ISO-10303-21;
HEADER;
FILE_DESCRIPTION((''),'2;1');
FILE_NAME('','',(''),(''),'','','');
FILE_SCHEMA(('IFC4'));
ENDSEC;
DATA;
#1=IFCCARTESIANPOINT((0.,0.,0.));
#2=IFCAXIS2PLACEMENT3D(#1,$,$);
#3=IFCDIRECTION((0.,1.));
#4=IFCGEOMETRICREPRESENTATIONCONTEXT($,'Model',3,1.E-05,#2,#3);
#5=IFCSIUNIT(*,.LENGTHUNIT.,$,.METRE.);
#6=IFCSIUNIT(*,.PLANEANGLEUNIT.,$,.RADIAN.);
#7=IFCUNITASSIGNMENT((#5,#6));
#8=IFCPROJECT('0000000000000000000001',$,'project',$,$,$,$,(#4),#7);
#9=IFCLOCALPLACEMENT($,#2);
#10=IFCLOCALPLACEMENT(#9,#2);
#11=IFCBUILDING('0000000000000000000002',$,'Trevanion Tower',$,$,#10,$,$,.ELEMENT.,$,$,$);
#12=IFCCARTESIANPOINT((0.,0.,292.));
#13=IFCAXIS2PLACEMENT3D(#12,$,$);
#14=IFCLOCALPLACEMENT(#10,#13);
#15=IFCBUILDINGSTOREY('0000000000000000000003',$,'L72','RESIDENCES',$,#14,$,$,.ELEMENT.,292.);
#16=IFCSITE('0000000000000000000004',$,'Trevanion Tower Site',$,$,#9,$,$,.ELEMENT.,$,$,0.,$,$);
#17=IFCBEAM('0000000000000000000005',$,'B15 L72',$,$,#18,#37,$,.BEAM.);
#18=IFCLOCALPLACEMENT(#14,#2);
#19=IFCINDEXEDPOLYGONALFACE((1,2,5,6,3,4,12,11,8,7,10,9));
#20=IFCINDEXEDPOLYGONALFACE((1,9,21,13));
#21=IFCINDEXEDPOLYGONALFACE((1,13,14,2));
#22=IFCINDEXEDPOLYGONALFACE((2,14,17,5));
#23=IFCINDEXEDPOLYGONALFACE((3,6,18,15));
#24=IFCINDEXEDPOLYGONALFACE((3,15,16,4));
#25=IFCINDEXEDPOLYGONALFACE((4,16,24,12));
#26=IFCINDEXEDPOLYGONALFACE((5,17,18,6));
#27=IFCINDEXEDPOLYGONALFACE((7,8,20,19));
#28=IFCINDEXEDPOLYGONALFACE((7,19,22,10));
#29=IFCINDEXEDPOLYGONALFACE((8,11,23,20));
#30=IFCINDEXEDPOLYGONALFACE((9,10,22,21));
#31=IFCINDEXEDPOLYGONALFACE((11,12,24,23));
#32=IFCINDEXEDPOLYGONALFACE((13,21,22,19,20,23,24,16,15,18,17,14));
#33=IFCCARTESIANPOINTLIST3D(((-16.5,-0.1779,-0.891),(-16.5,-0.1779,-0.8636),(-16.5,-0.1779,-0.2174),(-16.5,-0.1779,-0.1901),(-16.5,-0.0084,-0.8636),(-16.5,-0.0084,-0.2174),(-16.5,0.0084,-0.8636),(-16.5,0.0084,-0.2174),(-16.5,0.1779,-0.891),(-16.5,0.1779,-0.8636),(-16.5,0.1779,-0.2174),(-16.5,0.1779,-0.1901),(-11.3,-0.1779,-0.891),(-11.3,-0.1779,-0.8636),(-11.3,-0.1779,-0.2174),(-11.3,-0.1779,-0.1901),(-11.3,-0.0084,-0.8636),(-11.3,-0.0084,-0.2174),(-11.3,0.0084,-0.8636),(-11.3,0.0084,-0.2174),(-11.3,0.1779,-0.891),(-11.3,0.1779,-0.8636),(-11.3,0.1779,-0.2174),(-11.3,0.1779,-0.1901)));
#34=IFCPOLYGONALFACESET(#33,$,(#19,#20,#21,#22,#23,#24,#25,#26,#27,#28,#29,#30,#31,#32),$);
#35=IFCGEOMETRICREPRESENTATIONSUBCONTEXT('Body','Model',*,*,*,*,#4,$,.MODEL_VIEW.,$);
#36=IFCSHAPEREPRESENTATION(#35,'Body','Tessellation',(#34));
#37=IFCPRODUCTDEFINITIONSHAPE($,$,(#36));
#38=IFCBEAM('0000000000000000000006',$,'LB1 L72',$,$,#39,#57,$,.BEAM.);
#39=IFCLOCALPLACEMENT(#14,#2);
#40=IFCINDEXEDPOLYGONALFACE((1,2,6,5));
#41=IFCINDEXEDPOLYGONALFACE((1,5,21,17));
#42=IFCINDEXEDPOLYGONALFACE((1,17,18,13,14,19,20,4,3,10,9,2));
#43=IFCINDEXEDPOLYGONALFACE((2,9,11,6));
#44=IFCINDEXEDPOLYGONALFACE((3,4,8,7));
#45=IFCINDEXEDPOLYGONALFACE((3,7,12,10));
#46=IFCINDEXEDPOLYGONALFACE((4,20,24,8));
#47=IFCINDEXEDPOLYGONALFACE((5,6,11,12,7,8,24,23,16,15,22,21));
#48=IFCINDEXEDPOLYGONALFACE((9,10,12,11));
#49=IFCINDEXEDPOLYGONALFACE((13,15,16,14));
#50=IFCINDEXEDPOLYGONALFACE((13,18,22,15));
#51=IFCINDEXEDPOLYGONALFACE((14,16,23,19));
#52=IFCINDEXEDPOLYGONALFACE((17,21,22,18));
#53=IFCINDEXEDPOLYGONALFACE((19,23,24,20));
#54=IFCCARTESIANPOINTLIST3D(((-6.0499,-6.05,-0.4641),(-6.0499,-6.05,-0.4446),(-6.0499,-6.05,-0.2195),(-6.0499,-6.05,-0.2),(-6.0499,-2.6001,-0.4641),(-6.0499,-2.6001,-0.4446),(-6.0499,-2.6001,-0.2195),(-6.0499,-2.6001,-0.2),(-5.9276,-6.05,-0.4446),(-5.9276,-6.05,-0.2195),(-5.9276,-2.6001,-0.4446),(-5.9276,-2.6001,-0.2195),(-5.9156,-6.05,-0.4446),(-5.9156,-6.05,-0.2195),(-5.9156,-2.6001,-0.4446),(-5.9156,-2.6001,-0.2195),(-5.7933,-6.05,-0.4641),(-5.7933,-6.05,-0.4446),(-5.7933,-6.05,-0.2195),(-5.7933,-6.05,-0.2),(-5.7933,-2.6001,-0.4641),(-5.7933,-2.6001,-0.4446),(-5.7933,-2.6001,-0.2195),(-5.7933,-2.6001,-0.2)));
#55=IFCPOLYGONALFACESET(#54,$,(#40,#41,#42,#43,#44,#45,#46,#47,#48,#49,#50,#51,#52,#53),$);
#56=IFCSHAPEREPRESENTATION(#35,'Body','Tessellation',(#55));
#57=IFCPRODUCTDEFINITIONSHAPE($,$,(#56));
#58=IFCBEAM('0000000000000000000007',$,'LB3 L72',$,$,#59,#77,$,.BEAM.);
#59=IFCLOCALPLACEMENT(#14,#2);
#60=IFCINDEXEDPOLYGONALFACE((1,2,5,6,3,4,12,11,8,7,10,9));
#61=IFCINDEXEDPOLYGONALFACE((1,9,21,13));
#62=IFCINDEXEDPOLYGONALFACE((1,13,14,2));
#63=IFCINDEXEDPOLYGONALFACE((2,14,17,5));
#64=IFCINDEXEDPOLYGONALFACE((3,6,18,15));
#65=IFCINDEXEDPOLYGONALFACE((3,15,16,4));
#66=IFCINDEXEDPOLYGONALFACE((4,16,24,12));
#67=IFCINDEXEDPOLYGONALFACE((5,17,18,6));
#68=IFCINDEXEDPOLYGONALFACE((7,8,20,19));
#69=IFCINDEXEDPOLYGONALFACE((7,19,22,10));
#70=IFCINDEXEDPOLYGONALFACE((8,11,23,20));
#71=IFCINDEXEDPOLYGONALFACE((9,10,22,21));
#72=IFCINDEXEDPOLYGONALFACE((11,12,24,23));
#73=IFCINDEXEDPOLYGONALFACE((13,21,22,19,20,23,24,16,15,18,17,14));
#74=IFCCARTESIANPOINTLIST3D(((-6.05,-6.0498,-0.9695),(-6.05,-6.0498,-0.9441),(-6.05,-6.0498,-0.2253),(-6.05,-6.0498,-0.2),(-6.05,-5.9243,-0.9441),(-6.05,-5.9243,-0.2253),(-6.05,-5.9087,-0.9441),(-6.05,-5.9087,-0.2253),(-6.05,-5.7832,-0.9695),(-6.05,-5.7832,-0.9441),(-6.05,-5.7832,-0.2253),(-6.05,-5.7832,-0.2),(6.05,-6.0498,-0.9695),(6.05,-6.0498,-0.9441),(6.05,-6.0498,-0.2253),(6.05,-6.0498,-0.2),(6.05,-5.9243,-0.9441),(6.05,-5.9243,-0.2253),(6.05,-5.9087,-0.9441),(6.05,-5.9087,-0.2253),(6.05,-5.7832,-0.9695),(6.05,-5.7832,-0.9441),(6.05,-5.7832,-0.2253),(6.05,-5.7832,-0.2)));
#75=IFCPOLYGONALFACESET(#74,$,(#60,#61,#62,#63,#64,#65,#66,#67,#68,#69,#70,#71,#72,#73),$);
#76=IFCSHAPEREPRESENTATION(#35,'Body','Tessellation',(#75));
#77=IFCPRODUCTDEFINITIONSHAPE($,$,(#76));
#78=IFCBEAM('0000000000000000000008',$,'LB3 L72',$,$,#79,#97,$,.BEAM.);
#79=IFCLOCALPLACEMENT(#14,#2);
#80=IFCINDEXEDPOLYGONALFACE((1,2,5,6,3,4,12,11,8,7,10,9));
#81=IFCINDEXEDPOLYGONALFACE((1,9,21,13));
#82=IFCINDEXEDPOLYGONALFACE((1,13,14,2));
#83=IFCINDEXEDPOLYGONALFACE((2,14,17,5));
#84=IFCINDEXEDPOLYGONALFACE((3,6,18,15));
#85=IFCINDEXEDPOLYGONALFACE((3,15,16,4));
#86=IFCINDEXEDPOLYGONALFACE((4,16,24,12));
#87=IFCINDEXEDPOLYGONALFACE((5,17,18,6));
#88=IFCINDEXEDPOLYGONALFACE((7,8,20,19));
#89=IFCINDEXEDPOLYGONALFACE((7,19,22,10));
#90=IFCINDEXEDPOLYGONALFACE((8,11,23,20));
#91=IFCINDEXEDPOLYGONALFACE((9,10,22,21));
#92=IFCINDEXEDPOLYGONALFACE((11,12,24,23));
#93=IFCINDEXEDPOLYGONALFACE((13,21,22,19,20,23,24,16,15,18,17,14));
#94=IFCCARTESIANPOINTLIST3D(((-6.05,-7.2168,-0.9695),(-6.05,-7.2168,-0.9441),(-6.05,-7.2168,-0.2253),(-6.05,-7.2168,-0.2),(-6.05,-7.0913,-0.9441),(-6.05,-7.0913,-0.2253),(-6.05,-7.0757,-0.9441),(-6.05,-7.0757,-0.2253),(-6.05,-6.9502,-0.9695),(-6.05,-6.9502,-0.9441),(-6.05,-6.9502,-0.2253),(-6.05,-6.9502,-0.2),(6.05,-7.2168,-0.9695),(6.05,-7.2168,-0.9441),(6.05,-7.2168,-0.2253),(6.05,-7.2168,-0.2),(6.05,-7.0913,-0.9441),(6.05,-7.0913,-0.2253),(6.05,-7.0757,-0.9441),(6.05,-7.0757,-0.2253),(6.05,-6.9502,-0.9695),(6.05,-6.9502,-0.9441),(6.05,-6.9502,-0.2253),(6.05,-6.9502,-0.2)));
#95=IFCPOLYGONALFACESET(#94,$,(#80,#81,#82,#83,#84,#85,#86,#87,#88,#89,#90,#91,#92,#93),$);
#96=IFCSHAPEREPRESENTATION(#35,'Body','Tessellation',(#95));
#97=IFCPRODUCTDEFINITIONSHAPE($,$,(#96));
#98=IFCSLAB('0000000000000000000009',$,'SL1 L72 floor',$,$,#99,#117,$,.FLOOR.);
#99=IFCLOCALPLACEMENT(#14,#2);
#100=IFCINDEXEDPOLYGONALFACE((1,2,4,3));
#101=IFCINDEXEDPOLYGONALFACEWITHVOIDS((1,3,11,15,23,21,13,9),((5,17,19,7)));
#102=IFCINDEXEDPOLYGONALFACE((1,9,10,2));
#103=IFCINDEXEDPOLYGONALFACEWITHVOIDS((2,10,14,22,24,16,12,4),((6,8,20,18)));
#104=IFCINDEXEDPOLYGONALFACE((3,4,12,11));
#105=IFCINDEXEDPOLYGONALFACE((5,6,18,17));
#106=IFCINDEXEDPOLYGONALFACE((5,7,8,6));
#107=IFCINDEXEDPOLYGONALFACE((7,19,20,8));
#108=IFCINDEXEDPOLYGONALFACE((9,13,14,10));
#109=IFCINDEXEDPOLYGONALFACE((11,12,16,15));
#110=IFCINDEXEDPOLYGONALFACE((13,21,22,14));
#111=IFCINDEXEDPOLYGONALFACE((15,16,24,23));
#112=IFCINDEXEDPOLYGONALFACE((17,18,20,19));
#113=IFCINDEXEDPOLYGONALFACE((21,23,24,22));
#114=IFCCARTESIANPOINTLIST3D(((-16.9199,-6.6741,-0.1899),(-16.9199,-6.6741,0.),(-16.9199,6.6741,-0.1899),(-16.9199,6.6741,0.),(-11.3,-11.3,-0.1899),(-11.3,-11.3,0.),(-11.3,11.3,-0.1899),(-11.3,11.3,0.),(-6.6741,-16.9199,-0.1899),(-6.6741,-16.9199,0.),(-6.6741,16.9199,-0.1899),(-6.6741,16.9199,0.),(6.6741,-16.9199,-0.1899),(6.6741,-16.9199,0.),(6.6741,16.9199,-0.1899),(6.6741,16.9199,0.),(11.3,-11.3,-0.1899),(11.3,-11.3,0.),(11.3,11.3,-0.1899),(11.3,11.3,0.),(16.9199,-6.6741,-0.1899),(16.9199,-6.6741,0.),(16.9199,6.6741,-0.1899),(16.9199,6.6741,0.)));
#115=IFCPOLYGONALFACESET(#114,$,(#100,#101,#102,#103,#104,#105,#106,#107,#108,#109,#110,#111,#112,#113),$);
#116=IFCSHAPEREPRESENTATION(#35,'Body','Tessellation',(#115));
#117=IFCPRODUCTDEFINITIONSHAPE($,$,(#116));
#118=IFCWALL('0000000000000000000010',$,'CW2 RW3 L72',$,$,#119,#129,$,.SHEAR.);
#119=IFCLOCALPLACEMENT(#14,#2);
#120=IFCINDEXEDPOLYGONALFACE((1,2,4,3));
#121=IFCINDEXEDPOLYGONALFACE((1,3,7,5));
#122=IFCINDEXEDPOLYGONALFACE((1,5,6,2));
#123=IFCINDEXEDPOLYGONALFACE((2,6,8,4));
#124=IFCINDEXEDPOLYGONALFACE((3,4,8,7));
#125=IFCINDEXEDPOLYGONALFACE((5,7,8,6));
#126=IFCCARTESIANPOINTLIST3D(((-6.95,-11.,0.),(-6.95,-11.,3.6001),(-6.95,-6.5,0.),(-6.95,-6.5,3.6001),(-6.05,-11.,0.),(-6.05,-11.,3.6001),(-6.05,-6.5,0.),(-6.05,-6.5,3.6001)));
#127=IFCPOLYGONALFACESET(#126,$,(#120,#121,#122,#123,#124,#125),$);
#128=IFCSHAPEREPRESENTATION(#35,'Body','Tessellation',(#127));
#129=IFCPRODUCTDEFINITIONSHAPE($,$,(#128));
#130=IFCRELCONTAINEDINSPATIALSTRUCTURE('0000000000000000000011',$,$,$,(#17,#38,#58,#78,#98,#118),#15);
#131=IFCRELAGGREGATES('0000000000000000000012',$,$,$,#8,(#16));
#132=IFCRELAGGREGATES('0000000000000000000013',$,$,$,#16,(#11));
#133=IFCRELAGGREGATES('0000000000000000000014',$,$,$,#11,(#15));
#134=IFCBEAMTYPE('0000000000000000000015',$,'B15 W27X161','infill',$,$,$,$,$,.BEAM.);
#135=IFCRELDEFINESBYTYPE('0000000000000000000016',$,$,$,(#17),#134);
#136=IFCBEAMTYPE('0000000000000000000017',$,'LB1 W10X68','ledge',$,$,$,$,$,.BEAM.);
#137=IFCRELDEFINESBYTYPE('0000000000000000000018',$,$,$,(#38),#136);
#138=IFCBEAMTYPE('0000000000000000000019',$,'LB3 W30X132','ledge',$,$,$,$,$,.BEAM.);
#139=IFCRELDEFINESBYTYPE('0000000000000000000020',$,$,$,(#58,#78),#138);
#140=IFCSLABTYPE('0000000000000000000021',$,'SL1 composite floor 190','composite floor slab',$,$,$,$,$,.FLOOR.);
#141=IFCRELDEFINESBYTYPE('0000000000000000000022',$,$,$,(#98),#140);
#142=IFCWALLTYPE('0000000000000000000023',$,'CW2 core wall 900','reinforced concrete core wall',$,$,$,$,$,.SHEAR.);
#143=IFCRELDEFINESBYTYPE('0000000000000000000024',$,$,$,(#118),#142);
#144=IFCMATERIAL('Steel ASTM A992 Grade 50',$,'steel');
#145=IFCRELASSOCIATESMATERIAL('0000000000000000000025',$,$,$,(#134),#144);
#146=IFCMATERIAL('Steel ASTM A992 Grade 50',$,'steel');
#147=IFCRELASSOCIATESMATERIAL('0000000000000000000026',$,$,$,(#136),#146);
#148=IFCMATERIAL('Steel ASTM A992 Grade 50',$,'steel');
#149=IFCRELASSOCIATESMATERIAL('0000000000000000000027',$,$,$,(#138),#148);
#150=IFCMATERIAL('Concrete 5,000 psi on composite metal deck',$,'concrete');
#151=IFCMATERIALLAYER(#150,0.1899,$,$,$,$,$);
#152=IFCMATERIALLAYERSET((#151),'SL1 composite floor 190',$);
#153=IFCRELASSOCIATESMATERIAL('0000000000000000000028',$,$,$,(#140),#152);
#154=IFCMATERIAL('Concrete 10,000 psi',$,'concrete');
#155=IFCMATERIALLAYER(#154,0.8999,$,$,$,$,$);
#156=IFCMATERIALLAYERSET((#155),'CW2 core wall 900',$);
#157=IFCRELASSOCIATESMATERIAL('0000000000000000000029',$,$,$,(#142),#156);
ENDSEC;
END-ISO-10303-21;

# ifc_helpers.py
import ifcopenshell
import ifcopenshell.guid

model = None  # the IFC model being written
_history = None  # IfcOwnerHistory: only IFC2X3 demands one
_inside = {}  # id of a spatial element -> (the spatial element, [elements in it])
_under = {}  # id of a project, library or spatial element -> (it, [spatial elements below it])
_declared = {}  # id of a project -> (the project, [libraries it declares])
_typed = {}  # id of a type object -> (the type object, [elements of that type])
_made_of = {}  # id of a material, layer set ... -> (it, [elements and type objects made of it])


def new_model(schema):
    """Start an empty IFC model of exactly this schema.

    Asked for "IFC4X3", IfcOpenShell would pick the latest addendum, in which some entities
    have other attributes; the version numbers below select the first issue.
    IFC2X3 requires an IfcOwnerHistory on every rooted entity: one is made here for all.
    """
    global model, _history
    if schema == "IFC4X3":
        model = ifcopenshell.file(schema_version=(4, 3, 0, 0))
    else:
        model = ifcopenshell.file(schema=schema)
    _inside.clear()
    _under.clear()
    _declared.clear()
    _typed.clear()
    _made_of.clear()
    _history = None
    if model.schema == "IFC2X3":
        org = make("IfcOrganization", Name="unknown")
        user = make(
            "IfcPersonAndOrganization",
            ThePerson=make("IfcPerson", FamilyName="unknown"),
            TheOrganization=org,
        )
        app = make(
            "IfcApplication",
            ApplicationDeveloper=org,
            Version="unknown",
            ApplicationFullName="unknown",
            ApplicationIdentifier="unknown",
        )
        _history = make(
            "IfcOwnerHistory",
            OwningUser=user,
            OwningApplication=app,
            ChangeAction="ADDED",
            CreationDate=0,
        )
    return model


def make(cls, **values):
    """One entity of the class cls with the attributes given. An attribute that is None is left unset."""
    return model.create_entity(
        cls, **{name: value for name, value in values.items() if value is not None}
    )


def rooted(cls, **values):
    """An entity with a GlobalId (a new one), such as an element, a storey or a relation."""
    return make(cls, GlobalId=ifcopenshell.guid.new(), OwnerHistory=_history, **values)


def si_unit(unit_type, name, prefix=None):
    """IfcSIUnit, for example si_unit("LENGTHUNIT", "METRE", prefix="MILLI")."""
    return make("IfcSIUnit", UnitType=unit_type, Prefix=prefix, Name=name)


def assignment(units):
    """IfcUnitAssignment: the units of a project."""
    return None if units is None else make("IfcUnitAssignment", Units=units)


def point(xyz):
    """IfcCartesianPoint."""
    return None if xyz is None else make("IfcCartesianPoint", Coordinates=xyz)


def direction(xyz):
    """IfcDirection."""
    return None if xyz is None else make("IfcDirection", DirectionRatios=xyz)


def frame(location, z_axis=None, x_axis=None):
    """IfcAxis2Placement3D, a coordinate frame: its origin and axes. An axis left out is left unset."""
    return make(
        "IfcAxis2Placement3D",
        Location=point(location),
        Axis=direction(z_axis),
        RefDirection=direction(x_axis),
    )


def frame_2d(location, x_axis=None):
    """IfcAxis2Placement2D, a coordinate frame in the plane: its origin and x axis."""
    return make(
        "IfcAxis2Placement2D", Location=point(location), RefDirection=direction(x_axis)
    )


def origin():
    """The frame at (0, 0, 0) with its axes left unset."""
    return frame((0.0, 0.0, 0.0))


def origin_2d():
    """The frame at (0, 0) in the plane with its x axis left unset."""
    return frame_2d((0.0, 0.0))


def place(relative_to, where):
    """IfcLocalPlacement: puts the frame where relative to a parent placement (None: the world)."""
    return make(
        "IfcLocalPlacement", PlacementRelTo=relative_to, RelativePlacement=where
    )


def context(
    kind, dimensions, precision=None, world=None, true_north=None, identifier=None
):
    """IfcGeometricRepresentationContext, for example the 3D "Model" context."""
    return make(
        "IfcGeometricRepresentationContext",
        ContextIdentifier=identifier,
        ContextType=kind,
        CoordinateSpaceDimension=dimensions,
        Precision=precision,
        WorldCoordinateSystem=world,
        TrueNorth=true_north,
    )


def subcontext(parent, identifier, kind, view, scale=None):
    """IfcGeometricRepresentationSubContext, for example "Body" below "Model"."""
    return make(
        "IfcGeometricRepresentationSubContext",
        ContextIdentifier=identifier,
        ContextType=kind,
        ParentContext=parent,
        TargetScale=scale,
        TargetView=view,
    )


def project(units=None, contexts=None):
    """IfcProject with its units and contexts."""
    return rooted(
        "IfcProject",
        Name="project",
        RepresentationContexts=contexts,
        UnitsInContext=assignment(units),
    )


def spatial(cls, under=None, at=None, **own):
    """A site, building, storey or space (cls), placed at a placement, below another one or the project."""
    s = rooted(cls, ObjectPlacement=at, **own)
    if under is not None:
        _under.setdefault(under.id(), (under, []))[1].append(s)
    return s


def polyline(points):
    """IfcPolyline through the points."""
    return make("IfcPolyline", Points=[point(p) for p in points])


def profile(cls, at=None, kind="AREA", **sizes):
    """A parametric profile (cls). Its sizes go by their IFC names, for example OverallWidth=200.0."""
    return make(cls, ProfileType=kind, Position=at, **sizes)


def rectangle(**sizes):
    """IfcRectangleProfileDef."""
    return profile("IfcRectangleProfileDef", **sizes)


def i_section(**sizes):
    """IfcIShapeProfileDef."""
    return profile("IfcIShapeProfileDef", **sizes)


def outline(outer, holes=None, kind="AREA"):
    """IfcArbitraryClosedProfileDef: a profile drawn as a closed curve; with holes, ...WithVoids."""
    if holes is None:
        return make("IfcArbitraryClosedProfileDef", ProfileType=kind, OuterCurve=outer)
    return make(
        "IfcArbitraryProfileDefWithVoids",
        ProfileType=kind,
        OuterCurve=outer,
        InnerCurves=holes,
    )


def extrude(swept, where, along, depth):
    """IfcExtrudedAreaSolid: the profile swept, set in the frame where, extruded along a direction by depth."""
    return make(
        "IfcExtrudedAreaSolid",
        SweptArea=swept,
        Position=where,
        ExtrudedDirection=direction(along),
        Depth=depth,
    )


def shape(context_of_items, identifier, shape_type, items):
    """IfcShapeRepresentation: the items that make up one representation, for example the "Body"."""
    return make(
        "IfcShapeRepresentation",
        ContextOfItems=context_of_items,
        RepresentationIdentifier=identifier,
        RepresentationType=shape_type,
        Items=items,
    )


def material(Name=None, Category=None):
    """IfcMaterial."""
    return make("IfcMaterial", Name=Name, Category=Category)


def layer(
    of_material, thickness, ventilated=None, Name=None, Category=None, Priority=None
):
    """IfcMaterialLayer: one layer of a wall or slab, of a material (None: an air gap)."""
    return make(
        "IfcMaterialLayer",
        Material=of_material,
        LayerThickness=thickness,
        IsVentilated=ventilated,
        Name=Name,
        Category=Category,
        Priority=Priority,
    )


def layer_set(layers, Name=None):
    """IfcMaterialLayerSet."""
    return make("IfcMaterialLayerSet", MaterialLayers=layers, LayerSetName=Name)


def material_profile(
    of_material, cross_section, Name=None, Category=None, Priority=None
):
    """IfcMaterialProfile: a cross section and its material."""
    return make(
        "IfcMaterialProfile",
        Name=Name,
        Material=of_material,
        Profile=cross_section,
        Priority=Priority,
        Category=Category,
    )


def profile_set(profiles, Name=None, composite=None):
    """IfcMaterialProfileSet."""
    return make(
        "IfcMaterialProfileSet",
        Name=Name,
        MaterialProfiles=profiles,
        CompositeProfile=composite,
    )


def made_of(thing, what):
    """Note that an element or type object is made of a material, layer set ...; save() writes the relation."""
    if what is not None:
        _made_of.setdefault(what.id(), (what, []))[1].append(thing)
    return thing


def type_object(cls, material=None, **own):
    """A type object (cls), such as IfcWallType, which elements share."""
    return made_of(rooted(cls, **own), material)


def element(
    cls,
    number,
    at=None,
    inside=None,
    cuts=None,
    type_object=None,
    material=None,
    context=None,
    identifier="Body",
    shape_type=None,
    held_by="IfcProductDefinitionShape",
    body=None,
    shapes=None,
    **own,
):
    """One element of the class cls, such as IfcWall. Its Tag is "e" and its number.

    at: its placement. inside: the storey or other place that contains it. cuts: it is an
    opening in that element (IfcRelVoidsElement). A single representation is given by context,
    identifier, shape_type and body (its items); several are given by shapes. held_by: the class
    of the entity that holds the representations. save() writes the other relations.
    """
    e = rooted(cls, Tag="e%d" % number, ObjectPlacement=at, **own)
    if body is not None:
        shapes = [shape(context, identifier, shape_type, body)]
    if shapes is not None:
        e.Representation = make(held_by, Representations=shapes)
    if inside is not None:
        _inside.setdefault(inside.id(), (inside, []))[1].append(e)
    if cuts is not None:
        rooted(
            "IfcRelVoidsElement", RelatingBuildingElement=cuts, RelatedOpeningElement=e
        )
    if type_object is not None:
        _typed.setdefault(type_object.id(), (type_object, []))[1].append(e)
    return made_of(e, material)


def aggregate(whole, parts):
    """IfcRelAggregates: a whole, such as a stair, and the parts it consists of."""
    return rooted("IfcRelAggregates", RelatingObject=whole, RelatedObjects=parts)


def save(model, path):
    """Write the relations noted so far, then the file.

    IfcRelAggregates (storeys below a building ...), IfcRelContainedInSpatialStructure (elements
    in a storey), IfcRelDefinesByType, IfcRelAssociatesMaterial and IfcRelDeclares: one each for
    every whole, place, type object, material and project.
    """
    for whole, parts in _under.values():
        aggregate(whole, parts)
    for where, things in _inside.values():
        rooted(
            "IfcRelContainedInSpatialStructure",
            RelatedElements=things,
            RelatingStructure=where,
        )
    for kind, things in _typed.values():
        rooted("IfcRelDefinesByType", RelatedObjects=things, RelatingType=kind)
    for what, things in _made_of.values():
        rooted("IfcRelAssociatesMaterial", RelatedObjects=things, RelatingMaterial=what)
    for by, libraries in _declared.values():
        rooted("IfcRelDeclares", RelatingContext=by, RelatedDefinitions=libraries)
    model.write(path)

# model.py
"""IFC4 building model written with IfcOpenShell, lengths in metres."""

from ifc_helpers import new_model, si_unit, direction, frame, frame_2d, origin, origin_2d, place, context, subcontext, project, spatial, polyline, rectangle, i_section, outline, extrude, material, layer, layer_set, material_profile, profile_set, type_object, element, save


model = new_model("IFC4")

# Units and contexts
model_context = context("Model", 3, precision=1e-05, world=origin(), true_north=direction((0.0, 1.0)))
body_context = subcontext(model_context, "Body", "Model", "MODEL_VIEW")
ifc_project = project(units=[si_unit("LENGTHUNIT", "METRE"), si_unit("PLANEANGLEUNIT", "RADIAN")], contexts=[model_context])

# Site, building, storey
site_placement = place(None, origin())
site = spatial("IfcSite", under=ifc_project, at=site_placement, Name="Trevanion Tower Site", CompositionType="ELEMENT", RefElevation=0.0)
building_placement = place(site_placement, origin())
building = spatial("IfcBuilding", under=site, at=building_placement, Name="Trevanion Tower", CompositionType="ELEMENT")
storey_placement = place(building_placement, frame((0.0, 0.0, 292.0)))
storey = spatial("IfcBuildingStorey", under=building, at=storey_placement, Name="L72", Description="RESIDENCES", CompositionType="ELEMENT", Elevation=292.0)

# Beams
ifc_material_1 = material(Name="Steel ASTM A992 Grade 50", Category="steel")
ifc_material_profile_1 = material_profile(ifc_material_1, i_section(OverallWidth=0.3557, OverallDepth=0.7009, WebThickness=0.0168, FlangeThickness=0.0273, at=origin_2d()), Name="W27X161")
ifc_profile_set_1 = profile_set([ifc_material_profile_1], Name="Steel ASTM A992 Grade 50")
beam_type_1 = type_object("IfcBeamType", Name="B15 W27X161", Description="infill", PredefinedType="BEAM", material=ifc_profile_set_1)
beam_1_placement = place(storey_placement, frame((-11.3, 0.0, -0.5405), z_axis=(-1.0, 0.0, 0.0), x_axis=(0.0, -1.0, 0.0)))
element("IfcBeam", 1, at=beam_1_placement, inside=storey, type_object=beam_type_1, Name="B15 L72", PredefinedType="BEAM", context=body_context, shape_type="SweptSolid", body=[
    extrude(i_section(OverallWidth=0.3557, OverallDepth=0.7009, WebThickness=0.0168, FlangeThickness=0.0273, at=origin_2d()), origin(), (0.0, 0.0, 1.0), 5.2),
])
ifc_material_2 = material(Name="Steel ASTM A992 Grade 50", Category="steel")
ifc_material_profile_2 = material_profile(ifc_material_2, i_section(OverallWidth=0.2566, OverallDepth=0.2642, WebThickness=0.012, FlangeThickness=0.0195, at=origin_2d()), Name="W10X68")
ifc_profile_set_2 = profile_set([ifc_material_profile_2], Name="Steel ASTM A992 Grade 50")
beam_type_2 = type_object("IfcBeamType", Name="LB1 W10X68", Description="ledge", PredefinedType="BEAM", material=ifc_profile_set_2)
beam_2_placement = place(storey_placement, frame((-5.9216, -6.05, -0.332), z_axis=(0.0, 1.0, 0.0), x_axis=(-1.0, 0.0, 0.0)))
element("IfcBeam", 2, at=beam_2_placement, inside=storey, type_object=beam_type_2, Name="LB1 L72", PredefinedType="BEAM", context=body_context, shape_type="SweptSolid", body=[
    extrude(i_section(OverallWidth=0.2566, OverallDepth=0.2642, WebThickness=0.012, FlangeThickness=0.0195, at=origin_2d()), origin(), (0.0, 0.0, 1.0), 3.45),
])
ifc_material_3 = material(Name="Steel ASTM A992 Grade 50", Category="steel")
ifc_material_profile_3 = material_profile(ifc_material_3, i_section(OverallWidth=0.2666, OverallDepth=0.7695, WebThickness=0.0156, FlangeThickness=0.0254, at=origin_2d()), Name="W30X132")
ifc_profile_set_3 = profile_set([ifc_material_profile_3], Name="Steel ASTM A992 Grade 50")
beam_type_3 = type_object("IfcBeamType", Name="LB3 W30X132", Description="ledge", PredefinedType="BEAM", material=ifc_profile_set_3)
for number, where, z_axis, x_axis, name in (
    (3, (-6.05, -5.9165, -0.5847), (1.0, 0.0, 0.0), (0.0, 1.0, 0.0), "LB3 L72"),
    (4, (-6.05, -7.0835, -0.5847), (1.0, 0.0, 0.0), (0.0, 1.0, 0.0), "LB3 L72"),
):
    element("IfcBeam", number, at=place(storey_placement, frame(where, z_axis=z_axis, x_axis=x_axis)), inside=storey, type_object=beam_type_3, Name=name, PredefinedType="BEAM", context=body_context, shape_type="SweptSolid", body=[
        extrude(i_section(OverallWidth=0.2666, OverallDepth=0.7695, WebThickness=0.0156, FlangeThickness=0.0254, at=origin_2d()), origin(), (0.0, 0.0, 1.0), 12.1001),
    ])

# Slab
ifc_material_4 = material(Name="Concrete 5,000 psi on composite metal deck", Category="concrete")
ifc_layer_1 = layer(ifc_material_4, 0.1899)
ifc_layer_set_1 = layer_set([ifc_layer_1], Name="SL1 composite floor 190")
slab_type = type_object("IfcSlabType", Name="SL1 composite floor 190", Description="composite floor slab", PredefinedType="FLOOR", material=ifc_layer_set_1)
slab_placement = place(storey_placement, frame((0.0, 0.0, -0.1899)))
element("IfcSlab", 5, at=slab_placement, inside=storey, type_object=slab_type, Name="SL1 L72 floor", PredefinedType="FLOOR", context=body_context, shape_type="SweptSolid", body=[
    extrude(outline(polyline([(16.9199, -6.6741), (16.9199, 6.6741), (6.6741, 16.9199), (-6.6741, 16.9199), (-16.9199, 6.6741), (-16.9199, -6.6741), (-6.6741, -16.9199), (6.6741, -16.9199), (16.9199, -6.6741)]), holes=[polyline([(11.3, -11.3), (11.3, 11.3), (-11.3, 11.3), (-11.3, -11.3), (11.3, -11.3)])]), origin(), (0.0, 0.0, 1.0), 0.1899),
])

# Wall
ifc_material_5 = material(Name="Concrete 10,000 psi", Category="concrete")
ifc_layer_2 = layer(ifc_material_5, 0.8999)
ifc_layer_set_2 = layer_set([ifc_layer_2], Name="CW2 core wall 900")
wall_type_1 = type_object("IfcWallType", Name="CW2 core wall 900", Description="reinforced concrete core wall", PredefinedType="SHEAR", material=ifc_layer_set_2)
wall_1_placement = place(storey_placement, frame((-6.5, -6.5, 0.0), z_axis=(0.0, 0.0, 1.0), x_axis=(0.0, -1.0, 0.0)))
element("IfcWall", 6, at=wall_1_placement, inside=storey, type_object=wall_type_1, Name="CW2 RW3 L72", PredefinedType="SHEAR", context=body_context, shape_type="SweptSolid", body=[
    extrude(rectangle(XDim=4.5, YDim=0.8999, at=frame_2d((2.25, 0.0))), origin(), (0.0, 0.0, 1.0), 3.6001),
])

save(model, "model.ifc")
